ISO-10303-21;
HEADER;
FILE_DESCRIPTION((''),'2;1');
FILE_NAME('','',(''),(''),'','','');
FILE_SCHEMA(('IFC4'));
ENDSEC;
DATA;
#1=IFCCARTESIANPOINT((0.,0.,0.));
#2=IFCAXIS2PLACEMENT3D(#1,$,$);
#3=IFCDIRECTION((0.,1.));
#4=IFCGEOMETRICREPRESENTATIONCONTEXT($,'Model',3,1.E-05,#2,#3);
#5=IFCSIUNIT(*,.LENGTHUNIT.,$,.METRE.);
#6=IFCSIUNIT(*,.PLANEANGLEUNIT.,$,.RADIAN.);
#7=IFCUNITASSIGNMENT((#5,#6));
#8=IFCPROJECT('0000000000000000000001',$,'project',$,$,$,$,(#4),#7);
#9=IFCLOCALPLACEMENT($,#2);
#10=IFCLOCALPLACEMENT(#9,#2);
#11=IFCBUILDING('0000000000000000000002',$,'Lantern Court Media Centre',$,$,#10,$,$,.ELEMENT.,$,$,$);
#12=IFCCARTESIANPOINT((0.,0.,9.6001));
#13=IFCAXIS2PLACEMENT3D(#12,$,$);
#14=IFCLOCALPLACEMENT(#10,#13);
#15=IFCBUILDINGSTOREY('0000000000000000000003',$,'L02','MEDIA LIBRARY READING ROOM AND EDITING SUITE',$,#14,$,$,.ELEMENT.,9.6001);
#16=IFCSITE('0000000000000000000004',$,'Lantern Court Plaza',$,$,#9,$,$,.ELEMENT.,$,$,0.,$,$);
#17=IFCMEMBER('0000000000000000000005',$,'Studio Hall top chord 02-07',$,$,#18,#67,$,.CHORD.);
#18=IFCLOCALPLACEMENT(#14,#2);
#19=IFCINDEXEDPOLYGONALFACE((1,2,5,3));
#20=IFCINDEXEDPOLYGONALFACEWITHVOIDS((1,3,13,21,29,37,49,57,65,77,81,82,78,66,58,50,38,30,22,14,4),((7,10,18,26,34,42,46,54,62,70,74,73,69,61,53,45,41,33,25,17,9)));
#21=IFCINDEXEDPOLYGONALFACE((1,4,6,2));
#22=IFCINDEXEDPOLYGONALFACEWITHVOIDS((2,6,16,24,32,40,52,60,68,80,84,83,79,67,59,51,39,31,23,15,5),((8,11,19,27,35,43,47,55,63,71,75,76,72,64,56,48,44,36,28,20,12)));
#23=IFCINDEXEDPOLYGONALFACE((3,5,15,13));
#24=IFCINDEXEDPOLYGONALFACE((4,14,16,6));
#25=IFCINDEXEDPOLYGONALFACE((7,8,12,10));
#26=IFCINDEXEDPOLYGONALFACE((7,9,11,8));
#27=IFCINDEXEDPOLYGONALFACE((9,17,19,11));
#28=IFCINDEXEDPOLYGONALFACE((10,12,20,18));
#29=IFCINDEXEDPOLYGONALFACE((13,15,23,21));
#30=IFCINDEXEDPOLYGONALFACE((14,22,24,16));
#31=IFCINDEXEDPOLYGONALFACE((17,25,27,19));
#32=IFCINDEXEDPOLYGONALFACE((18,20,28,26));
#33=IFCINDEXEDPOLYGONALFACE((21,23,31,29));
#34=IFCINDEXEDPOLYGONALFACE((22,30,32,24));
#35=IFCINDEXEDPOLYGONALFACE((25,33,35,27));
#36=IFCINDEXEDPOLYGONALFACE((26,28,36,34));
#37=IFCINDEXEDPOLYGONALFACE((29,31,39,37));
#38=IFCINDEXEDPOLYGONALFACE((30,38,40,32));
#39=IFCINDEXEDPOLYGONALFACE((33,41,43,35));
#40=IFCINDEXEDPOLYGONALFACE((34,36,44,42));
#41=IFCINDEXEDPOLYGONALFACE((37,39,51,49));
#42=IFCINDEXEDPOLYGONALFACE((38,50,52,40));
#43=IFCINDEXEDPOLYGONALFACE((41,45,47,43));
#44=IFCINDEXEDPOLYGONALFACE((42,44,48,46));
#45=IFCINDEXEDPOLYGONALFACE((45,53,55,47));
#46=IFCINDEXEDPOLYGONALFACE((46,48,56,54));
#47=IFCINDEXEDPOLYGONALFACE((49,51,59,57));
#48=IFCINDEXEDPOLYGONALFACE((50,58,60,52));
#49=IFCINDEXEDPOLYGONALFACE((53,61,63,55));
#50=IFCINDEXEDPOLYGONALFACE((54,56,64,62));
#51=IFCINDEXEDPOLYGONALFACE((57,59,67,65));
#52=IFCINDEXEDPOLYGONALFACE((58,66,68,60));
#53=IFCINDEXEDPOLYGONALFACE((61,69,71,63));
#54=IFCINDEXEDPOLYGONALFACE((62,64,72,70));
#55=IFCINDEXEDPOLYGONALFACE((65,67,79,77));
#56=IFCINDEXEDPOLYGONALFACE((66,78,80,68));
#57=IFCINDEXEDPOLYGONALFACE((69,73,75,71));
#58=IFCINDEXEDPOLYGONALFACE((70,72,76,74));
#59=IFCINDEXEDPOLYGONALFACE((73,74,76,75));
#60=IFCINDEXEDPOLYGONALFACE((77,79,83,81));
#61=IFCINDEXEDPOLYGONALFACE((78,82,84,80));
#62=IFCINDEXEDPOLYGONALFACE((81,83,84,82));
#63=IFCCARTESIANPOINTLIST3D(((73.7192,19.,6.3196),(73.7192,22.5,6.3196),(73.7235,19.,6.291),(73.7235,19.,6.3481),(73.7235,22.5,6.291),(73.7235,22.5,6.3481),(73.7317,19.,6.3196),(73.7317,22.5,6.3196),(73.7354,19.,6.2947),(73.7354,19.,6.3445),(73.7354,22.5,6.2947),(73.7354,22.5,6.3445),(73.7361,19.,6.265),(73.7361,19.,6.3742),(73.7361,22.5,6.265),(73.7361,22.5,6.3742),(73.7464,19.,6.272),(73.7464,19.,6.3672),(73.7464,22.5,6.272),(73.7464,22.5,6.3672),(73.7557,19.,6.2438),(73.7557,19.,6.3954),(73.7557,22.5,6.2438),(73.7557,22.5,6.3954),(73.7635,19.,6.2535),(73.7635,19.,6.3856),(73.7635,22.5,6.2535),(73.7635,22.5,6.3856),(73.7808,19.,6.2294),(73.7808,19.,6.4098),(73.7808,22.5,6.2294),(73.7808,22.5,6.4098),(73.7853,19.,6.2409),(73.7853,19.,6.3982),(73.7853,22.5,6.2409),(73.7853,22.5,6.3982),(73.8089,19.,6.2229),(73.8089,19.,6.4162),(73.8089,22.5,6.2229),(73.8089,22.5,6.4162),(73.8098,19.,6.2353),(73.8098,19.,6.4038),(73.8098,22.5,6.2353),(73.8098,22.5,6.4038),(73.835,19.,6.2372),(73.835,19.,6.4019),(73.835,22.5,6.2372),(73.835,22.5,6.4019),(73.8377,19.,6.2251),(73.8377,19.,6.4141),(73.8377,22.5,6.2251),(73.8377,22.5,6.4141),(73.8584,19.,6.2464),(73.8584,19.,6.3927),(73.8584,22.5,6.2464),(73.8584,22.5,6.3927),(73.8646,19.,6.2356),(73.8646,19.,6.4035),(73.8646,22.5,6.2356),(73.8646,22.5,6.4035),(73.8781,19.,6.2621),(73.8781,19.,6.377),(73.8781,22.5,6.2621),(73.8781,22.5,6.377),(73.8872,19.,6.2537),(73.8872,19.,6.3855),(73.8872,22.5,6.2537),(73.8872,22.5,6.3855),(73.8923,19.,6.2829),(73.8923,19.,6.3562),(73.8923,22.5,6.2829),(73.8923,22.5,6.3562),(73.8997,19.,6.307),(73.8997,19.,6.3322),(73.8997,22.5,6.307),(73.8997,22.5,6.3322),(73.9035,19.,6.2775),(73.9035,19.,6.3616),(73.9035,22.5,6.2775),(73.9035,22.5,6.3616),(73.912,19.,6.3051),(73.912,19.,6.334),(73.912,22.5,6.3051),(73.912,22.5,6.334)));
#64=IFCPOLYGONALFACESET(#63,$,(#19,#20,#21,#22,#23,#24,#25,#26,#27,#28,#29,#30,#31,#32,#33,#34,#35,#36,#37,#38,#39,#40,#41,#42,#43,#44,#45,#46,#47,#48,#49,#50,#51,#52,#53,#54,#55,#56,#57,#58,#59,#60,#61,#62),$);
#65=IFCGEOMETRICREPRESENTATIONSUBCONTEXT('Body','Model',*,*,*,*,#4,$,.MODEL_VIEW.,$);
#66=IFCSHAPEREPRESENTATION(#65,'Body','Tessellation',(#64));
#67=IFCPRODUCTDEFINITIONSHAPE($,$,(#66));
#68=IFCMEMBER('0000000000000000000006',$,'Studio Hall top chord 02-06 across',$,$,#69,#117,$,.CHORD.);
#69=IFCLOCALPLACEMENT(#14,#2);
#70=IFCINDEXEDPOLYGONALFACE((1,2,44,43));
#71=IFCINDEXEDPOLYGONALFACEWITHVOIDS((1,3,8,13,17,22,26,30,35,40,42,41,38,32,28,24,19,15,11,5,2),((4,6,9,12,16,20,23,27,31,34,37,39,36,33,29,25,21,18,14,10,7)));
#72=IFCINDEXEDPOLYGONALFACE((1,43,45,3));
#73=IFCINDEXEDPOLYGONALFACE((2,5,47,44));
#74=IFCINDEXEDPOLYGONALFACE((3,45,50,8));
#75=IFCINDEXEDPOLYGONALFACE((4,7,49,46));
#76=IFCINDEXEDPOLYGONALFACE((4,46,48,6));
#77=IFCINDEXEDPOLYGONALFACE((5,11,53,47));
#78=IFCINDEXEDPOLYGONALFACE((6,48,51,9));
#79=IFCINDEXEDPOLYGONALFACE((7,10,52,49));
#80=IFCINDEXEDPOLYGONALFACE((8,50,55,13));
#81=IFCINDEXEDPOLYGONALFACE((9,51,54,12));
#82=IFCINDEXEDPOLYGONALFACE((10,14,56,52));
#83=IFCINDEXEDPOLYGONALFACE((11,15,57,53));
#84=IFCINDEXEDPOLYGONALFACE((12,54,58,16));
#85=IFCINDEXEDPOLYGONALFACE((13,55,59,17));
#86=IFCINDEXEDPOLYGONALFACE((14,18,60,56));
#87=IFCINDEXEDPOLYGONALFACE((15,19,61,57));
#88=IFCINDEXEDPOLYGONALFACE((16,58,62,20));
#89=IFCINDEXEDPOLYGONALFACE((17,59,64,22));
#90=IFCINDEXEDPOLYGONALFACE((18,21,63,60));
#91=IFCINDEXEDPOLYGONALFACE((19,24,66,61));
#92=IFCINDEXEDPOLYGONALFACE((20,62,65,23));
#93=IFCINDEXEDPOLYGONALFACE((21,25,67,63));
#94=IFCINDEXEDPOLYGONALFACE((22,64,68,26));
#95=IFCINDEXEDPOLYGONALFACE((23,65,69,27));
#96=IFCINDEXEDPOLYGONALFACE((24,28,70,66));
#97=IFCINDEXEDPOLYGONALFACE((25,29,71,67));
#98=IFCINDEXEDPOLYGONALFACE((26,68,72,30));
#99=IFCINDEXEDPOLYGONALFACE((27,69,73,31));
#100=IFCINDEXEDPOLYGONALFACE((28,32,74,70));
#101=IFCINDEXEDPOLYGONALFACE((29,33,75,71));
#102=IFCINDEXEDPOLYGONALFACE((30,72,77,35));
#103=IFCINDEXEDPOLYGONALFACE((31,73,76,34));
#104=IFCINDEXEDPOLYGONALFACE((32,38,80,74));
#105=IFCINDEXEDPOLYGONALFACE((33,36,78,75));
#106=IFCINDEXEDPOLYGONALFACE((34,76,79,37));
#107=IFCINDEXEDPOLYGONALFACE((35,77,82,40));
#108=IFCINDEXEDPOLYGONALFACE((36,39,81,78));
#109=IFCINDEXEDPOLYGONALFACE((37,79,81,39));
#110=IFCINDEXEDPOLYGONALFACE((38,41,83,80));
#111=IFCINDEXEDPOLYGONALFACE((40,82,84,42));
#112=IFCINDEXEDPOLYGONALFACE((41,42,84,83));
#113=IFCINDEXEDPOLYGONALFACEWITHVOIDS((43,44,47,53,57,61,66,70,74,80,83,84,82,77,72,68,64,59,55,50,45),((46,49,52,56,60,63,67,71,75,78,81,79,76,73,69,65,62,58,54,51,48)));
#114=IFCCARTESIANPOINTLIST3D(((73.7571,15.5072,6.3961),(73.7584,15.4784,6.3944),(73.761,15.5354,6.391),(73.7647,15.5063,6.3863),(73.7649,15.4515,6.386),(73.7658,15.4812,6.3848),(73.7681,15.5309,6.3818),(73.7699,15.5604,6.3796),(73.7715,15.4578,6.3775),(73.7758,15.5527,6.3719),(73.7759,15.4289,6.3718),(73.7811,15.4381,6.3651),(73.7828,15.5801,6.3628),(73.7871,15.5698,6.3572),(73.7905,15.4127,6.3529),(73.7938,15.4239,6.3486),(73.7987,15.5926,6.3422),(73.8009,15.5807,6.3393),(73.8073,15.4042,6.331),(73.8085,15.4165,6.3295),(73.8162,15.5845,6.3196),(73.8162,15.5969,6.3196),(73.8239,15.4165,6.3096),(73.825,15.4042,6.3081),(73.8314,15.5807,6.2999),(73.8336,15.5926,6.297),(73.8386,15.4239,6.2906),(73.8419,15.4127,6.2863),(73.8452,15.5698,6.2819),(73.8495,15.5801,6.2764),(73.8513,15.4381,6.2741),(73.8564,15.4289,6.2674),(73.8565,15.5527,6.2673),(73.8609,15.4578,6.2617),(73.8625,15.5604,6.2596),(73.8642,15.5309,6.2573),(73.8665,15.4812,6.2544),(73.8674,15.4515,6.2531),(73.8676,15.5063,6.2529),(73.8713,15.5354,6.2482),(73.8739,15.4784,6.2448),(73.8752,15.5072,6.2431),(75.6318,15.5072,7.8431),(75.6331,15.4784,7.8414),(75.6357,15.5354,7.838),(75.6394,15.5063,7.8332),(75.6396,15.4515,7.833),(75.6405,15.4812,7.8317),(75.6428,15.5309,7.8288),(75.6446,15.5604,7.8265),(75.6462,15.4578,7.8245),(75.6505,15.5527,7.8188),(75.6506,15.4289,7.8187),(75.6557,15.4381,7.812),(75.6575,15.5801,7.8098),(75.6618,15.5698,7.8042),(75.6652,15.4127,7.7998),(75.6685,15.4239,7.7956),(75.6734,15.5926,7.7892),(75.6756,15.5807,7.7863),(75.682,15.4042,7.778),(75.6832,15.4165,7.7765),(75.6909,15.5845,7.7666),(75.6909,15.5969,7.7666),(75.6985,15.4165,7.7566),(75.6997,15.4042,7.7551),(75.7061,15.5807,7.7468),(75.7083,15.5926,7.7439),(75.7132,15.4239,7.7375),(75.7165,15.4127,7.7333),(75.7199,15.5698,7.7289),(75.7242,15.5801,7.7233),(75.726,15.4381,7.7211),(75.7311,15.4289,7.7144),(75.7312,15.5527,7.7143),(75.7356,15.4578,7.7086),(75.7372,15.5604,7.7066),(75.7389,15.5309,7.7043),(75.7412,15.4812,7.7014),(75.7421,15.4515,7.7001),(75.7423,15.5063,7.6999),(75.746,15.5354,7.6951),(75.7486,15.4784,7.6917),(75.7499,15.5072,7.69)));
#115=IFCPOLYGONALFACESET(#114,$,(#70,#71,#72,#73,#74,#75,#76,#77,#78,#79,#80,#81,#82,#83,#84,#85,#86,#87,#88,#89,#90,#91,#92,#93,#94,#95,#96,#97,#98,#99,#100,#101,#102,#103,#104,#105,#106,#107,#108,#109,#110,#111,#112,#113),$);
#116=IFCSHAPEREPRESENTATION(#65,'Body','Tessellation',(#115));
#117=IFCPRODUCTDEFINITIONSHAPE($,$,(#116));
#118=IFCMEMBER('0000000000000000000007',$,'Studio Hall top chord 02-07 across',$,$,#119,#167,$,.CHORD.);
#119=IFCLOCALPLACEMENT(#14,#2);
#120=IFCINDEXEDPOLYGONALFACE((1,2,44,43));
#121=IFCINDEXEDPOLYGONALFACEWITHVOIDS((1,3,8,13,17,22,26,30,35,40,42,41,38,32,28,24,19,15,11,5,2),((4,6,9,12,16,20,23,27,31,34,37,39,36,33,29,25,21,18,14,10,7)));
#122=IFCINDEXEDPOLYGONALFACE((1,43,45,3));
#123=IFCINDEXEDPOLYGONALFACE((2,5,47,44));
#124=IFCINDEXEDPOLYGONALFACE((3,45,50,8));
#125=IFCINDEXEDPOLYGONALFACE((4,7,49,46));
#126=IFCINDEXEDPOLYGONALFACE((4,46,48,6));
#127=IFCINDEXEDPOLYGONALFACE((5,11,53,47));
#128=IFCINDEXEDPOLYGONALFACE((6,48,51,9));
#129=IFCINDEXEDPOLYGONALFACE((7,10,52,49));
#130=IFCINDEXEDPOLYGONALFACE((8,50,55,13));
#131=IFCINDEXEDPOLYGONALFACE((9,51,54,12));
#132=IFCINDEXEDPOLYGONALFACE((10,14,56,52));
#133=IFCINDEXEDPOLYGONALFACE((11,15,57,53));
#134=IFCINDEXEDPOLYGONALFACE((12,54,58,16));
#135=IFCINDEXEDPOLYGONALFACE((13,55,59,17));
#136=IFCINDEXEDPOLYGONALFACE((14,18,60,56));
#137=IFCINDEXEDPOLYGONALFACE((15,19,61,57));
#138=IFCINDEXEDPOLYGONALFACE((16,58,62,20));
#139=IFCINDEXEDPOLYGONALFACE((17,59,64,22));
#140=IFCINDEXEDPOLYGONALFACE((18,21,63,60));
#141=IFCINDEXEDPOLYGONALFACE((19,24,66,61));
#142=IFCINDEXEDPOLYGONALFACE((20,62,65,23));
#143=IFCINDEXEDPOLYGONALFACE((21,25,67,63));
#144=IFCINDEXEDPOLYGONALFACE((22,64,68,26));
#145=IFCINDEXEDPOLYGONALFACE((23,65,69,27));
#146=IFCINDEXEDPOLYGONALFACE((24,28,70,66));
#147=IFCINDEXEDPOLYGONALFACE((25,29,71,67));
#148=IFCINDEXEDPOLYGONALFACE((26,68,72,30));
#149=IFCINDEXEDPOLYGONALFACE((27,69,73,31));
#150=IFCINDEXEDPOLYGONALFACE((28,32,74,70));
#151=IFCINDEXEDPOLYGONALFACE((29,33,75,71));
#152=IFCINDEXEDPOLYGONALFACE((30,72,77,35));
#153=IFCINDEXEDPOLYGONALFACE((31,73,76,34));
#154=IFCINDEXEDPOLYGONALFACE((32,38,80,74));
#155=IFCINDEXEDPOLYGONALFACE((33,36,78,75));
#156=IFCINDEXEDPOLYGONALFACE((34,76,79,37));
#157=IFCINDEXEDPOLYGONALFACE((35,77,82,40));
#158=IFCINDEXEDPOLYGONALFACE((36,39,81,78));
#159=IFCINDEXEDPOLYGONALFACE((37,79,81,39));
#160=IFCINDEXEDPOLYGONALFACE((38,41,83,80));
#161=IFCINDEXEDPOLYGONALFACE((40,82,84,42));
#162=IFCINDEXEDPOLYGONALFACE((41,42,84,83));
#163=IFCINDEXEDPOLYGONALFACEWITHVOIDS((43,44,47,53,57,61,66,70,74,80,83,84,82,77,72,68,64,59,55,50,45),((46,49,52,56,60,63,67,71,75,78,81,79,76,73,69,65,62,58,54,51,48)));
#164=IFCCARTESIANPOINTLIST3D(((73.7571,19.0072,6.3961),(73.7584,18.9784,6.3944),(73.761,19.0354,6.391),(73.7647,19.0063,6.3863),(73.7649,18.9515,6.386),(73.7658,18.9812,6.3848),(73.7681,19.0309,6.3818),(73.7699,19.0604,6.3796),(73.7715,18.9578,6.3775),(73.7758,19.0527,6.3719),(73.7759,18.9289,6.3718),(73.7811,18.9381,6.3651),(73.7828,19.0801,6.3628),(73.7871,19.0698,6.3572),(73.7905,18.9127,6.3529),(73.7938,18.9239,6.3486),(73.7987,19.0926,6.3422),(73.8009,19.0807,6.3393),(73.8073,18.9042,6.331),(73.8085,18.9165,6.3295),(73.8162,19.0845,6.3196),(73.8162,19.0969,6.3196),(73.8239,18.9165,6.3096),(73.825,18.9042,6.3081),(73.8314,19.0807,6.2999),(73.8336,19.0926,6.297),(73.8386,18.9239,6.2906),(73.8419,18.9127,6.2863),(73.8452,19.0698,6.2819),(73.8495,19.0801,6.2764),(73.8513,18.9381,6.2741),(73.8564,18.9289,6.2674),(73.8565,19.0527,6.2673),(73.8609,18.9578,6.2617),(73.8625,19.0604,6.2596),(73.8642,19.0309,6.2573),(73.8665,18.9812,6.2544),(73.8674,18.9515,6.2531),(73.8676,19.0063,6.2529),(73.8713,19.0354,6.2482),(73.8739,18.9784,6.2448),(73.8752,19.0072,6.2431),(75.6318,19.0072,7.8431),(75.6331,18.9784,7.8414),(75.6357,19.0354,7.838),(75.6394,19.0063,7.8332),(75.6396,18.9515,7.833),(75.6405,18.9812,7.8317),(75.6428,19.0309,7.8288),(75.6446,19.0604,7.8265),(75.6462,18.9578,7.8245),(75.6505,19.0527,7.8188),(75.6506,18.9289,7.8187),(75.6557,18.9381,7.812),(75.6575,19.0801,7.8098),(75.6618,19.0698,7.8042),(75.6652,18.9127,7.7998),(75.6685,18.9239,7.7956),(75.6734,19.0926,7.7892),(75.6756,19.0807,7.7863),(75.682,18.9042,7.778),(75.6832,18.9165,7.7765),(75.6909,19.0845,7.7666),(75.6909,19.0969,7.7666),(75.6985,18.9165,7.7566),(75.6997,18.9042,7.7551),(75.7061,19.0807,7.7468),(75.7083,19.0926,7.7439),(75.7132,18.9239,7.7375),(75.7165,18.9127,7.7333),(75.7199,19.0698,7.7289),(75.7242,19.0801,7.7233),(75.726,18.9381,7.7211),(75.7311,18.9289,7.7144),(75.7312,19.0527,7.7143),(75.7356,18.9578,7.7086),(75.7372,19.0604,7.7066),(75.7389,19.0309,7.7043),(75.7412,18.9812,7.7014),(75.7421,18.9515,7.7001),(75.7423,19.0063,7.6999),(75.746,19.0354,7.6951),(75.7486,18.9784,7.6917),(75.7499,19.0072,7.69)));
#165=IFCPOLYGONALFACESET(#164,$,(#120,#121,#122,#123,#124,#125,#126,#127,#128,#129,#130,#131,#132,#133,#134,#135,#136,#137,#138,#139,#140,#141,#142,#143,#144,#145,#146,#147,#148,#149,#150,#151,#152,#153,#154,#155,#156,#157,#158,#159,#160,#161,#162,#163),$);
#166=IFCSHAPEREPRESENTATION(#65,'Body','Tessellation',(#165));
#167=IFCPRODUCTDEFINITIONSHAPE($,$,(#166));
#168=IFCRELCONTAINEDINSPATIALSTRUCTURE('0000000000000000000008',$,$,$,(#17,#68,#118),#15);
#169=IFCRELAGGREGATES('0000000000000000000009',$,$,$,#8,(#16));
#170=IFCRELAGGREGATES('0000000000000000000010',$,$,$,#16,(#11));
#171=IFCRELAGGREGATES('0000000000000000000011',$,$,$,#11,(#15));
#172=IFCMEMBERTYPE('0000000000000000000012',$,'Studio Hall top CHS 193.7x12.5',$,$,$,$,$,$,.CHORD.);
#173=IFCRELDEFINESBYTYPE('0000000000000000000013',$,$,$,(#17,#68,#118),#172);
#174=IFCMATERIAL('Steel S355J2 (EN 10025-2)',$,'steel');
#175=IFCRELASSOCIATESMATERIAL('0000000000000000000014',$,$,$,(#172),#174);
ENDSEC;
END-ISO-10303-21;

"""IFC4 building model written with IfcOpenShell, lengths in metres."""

from ifc_helpers import new_model, si_unit, direction, frame, origin, origin_2d, place, context, subcontext, project, spatial, hollow_circle, extrude, material, material_profile, profile_set, type_object, element, save


model = new_model("IFC4")

# Units and contexts
model_context = context("Model", 3, precision=1e-05, world=origin(), true_north=direction((0.0, 1.0)))
body_context = subcontext(model_context, "Body", "Model", "MODEL_VIEW")
ifc_project = project(units=[si_unit("LENGTHUNIT", "METRE"), si_unit("PLANEANGLEUNIT", "RADIAN")], contexts=[model_context])

# Site, building, storey
site_placement = place(None, origin())
site = spatial("IfcSite", under=ifc_project, at=site_placement, Name="Lantern Court Plaza", CompositionType="ELEMENT", RefElevation=0.0)
building_placement = place(site_placement, origin())
building = spatial("IfcBuilding", under=site, at=building_placement, Name="Lantern Court Media Centre", CompositionType="ELEMENT")
storey_placement = place(building_placement, frame((0.0, 0.0, 9.6001)))
storey = spatial("IfcBuildingStorey", under=building, at=storey_placement, Name="L02", Description="MEDIA LIBRARY READING ROOM AND EDITING SUITE", CompositionType="ELEMENT", Elevation=9.6001)

# Members
ifc_material_1 = material(Name="Steel S355J2 (EN 10025-2)", Category="steel")
ifc_material_profile_1 = material_profile(ifc_material_1, hollow_circle(Radius=0.0969, WallThickness=0.0125, at=origin_2d()), Name="Studio Hall top CHS 193.7x12.5")
ifc_profile_set_1 = profile_set([ifc_material_profile_1], Name="Steel S355J2 (EN 10025-2)")
member_type_1 = type_object("IfcMemberType", Name="Studio Hall top CHS 193.7x12.5", PredefinedType="CHORD", material=ifc_profile_set_1)
for number, where, z_axis, x_axis, name in (
    (1, (73.8162, 19.0, 6.3196), (0.0, 1.0, 0.0), (-1.0, 0.0, 0.0), "Studio Hall top chord 02-07"),
):
    element("IfcMember", number, at=place(storey_placement, frame(where, z_axis=z_axis, x_axis=x_axis)), inside=storey, type_object=member_type_1, Name=name, PredefinedType="CHORD", context=body_context, shape_type="SweptSolid", body=[
        extrude(hollow_circle(Radius=0.0969, WallThickness=0.0125, at=origin_2d()), origin(), (0.0, 0.0, 1.0), 3.5),
    ])
for number, where, z_axis, x_axis, name in (
    (2, (73.8162, 15.5, 6.3196), (0.791623, 0.0, 0.61101), (0.0, 1.0, 0.0), "Studio Hall top chord 02-06 across"),
    (3, (73.8162, 19.0, 6.3196), (0.791623, 0.0, 0.61101), (0.0, 1.0, 0.0), "Studio Hall top chord 02-07 across"),
):
    element("IfcMember", number, at=place(storey_placement, frame(where, z_axis=z_axis, x_axis=x_axis)), inside=storey, type_object=member_type_1, Name=name, PredefinedType="CHORD", context=body_context, shape_type="SweptSolid", body=[
        extrude(hollow_circle(Radius=0.0969, WallThickness=0.0125, at=origin_2d()), origin(), (0.0, 0.0, 1.0), 2.3682),
    ])

save(model, "model.ifc")
